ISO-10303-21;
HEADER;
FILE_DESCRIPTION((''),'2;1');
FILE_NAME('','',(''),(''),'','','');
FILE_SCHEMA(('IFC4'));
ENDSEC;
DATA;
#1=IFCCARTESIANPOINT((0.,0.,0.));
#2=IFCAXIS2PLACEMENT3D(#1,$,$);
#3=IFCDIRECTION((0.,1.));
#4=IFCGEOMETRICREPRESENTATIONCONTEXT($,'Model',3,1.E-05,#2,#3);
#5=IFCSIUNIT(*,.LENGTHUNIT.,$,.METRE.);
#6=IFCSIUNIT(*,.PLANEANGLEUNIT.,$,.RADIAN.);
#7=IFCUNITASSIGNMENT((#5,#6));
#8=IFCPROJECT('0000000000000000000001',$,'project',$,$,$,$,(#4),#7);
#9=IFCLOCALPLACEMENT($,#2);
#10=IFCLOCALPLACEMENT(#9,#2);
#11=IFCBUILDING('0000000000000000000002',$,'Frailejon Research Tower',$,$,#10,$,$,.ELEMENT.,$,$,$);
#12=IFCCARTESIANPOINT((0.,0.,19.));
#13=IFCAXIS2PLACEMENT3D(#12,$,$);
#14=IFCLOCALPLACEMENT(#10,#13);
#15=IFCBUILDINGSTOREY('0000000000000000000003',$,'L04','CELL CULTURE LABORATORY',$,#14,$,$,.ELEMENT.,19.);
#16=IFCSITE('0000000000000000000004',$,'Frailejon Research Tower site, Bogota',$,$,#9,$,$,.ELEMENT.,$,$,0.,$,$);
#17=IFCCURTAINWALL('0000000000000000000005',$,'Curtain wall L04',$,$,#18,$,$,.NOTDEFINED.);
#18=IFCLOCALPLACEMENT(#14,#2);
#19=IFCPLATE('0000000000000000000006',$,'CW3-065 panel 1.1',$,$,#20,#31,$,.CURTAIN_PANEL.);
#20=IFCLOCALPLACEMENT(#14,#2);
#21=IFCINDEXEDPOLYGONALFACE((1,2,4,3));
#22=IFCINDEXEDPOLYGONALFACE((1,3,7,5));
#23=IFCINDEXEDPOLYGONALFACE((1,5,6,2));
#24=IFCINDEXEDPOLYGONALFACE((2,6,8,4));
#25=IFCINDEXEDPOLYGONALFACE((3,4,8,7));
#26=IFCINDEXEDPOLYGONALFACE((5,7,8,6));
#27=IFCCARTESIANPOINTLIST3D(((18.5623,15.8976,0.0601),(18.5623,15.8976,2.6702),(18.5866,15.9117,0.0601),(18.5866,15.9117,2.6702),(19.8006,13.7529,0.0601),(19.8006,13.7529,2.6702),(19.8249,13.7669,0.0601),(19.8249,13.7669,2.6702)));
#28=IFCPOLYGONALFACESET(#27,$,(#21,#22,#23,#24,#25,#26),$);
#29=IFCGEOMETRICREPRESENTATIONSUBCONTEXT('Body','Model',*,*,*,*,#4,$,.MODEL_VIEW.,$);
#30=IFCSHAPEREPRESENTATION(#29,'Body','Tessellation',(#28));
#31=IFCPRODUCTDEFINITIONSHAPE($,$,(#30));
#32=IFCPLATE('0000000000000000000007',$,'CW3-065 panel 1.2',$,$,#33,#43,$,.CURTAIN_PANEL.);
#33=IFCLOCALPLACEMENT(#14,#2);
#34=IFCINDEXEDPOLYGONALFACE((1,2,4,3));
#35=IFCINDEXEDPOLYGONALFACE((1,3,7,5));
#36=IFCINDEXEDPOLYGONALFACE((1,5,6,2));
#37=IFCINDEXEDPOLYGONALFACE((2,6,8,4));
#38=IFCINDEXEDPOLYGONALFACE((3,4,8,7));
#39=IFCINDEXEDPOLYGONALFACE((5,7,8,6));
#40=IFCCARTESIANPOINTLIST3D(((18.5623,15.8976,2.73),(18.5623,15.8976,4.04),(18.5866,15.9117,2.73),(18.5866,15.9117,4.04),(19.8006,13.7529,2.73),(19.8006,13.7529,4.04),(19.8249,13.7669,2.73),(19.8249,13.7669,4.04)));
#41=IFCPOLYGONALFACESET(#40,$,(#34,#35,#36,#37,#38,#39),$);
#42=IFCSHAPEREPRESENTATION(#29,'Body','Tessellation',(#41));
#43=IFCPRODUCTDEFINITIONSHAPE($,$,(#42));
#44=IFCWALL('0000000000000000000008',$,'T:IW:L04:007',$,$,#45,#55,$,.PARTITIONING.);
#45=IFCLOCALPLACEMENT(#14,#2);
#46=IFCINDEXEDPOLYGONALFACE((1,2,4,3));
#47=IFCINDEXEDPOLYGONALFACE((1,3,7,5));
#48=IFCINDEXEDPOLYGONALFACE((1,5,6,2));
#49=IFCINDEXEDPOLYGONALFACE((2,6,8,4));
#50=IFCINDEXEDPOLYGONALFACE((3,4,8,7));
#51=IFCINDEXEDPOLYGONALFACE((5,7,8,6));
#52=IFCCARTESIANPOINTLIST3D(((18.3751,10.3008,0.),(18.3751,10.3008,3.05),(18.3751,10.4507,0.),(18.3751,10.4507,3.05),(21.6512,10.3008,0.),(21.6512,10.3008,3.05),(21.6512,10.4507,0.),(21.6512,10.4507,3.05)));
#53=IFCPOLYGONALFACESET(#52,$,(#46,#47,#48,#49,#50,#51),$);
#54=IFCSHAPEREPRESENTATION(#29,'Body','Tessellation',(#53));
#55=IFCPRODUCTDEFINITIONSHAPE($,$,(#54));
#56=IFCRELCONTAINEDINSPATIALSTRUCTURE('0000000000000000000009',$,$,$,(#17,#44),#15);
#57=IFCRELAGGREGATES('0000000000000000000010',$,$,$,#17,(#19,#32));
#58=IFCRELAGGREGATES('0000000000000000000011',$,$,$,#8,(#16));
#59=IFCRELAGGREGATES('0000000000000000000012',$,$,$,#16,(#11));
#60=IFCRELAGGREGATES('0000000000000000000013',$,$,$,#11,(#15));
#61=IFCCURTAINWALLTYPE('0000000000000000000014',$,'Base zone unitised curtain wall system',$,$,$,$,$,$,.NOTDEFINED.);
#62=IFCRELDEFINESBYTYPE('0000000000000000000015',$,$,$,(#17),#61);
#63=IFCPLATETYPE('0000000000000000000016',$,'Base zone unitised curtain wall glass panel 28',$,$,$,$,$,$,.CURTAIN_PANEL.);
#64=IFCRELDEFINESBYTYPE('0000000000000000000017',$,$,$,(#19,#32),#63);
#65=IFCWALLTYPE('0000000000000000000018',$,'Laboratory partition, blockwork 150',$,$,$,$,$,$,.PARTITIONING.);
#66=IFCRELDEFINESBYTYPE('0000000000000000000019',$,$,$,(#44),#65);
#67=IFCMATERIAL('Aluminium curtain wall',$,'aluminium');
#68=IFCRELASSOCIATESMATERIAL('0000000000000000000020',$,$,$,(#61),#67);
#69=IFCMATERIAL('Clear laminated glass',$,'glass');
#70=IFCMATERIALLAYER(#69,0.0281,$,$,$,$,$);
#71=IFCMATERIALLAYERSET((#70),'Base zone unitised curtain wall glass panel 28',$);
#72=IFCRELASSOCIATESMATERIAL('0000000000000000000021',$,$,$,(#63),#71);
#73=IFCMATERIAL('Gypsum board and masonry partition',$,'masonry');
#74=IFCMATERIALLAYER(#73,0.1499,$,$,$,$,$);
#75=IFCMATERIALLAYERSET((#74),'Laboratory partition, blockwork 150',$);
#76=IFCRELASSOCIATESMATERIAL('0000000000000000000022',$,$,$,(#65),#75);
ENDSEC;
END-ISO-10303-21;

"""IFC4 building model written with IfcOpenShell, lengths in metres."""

from ifc_helpers import new_model, si_unit, direction, frame, frame_2d, origin, origin_2d, place, context, subcontext, project, spatial, rectangle, extrude, material, layer, layer_set, type_object, element, aggregate, save


model = new_model("IFC4")

# Units and contexts
model_context = context("Model", 3, precision=1e-05, world=origin(), true_north=direction((0.0, 1.0)))
body_context = subcontext(model_context, "Body", "Model", "MODEL_VIEW")
ifc_project = project(units=[si_unit("LENGTHUNIT", "METRE"), si_unit("PLANEANGLEUNIT", "RADIAN")], contexts=[model_context])

# Site, building, storey
site_placement = place(None, origin())
site = spatial("IfcSite", under=ifc_project, at=site_placement, Name="Frailejon Research Tower site, Bogota", CompositionType="ELEMENT", RefElevation=0.0)
building_placement = place(site_placement, origin())
building = spatial("IfcBuilding", under=site, at=building_placement, Name="Frailejon Research Tower", CompositionType="ELEMENT")
storey_placement = place(building_placement, frame((0.0, 0.0, 19.0)))
storey = spatial("IfcBuildingStorey", under=building, at=storey_placement, Name="L04", Description="CELL CULTURE LABORATORY", CompositionType="ELEMENT", Elevation=19.0)

# Curtain wall
ifc_material_1 = material(Name="Aluminium curtain wall", Category="aluminium")
curtain_wall_type = type_object("IfcCurtainWallType", Name="Base zone unitised curtain wall system", PredefinedType="NOTDEFINED", material=ifc_material_1)
curtain_wall_placement = place(storey_placement, origin())
curtain_wall = element("IfcCurtainWall", 1, at=curtain_wall_placement, inside=storey, type_object=curtain_wall_type, Name="Curtain wall L04", PredefinedType="NOTDEFINED")

# Plates
ifc_material_2 = material(Name="Clear laminated glass", Category="glass")
ifc_layer_1 = layer(ifc_material_2, 0.0281)
ifc_layer_set_1 = layer_set([ifc_layer_1], Name="Base zone unitised curtain wall glass panel 28")
plate_type = type_object("IfcPlateType", Name="Base zone unitised curtain wall glass panel 28", PredefinedType="CURTAIN_PANEL", material=ifc_layer_set_1)
plate_1_placement = place(storey_placement, frame((19.1936, 14.8323, 0.0601), z_axis=(0.0, 0.0, 1.0), x_axis=(-0.499996, 0.866028, 0.0)))
plate_1 = element("IfcPlate", 2, at=plate_1_placement, type_object=plate_type, Name="CW3-065 panel 1.1", PredefinedType="CURTAIN_PANEL", context=body_context, shape_type="SweptSolid", body=[
    extrude(rectangle(XDim=2.4766, YDim=0.0281, at=origin_2d()), origin(), (0.0, 0.0, 1.0), 2.6101),
])
plate_2_placement = place(storey_placement, frame((19.1936, 14.8323, 2.73), z_axis=(0.0, 0.0, 1.0), x_axis=(-0.499996, 0.866028, 0.0)))
plate_2 = element("IfcPlate", 3, at=plate_2_placement, type_object=plate_type, Name="CW3-065 panel 1.2", PredefinedType="CURTAIN_PANEL", context=body_context, shape_type="SweptSolid", body=[
    extrude(rectangle(XDim=2.4766, YDim=0.0281, at=origin_2d()), origin(), (0.0, 0.0, 1.0), 1.3101),
])
aggregate(curtain_wall, [plate_1, plate_2])

# Wall
ifc_material_3 = material(Name="Gypsum board and masonry partition", Category="masonry")
ifc_layer_2 = layer(ifc_material_3, 0.1499)
ifc_layer_set_2 = layer_set([ifc_layer_2], Name="Laboratory partition, blockwork 150")
wall_type_1 = type_object("IfcWallType", Name="Laboratory partition, blockwork 150", PredefinedType="PARTITIONING", material=ifc_layer_set_2)
wall_1_placement = place(storey_placement, frame((18.375, 10.3757, 0.0), z_axis=(0.0, 0.0, 1.0), x_axis=(1.0, 0.0, 0.0)))
element("IfcWall", 4, at=wall_1_placement, inside=storey, type_object=wall_type_1, Name="T:IW:L04:007", PredefinedType="PARTITIONING", context=body_context, shape_type="SweptSolid", body=[
    extrude(rectangle(XDim=3.2761, YDim=0.1499, at=frame_2d((1.6382, 0.0))), origin(), (0.0, 0.0, 1.0), 3.05),
])

save(model, "model.ifc")
